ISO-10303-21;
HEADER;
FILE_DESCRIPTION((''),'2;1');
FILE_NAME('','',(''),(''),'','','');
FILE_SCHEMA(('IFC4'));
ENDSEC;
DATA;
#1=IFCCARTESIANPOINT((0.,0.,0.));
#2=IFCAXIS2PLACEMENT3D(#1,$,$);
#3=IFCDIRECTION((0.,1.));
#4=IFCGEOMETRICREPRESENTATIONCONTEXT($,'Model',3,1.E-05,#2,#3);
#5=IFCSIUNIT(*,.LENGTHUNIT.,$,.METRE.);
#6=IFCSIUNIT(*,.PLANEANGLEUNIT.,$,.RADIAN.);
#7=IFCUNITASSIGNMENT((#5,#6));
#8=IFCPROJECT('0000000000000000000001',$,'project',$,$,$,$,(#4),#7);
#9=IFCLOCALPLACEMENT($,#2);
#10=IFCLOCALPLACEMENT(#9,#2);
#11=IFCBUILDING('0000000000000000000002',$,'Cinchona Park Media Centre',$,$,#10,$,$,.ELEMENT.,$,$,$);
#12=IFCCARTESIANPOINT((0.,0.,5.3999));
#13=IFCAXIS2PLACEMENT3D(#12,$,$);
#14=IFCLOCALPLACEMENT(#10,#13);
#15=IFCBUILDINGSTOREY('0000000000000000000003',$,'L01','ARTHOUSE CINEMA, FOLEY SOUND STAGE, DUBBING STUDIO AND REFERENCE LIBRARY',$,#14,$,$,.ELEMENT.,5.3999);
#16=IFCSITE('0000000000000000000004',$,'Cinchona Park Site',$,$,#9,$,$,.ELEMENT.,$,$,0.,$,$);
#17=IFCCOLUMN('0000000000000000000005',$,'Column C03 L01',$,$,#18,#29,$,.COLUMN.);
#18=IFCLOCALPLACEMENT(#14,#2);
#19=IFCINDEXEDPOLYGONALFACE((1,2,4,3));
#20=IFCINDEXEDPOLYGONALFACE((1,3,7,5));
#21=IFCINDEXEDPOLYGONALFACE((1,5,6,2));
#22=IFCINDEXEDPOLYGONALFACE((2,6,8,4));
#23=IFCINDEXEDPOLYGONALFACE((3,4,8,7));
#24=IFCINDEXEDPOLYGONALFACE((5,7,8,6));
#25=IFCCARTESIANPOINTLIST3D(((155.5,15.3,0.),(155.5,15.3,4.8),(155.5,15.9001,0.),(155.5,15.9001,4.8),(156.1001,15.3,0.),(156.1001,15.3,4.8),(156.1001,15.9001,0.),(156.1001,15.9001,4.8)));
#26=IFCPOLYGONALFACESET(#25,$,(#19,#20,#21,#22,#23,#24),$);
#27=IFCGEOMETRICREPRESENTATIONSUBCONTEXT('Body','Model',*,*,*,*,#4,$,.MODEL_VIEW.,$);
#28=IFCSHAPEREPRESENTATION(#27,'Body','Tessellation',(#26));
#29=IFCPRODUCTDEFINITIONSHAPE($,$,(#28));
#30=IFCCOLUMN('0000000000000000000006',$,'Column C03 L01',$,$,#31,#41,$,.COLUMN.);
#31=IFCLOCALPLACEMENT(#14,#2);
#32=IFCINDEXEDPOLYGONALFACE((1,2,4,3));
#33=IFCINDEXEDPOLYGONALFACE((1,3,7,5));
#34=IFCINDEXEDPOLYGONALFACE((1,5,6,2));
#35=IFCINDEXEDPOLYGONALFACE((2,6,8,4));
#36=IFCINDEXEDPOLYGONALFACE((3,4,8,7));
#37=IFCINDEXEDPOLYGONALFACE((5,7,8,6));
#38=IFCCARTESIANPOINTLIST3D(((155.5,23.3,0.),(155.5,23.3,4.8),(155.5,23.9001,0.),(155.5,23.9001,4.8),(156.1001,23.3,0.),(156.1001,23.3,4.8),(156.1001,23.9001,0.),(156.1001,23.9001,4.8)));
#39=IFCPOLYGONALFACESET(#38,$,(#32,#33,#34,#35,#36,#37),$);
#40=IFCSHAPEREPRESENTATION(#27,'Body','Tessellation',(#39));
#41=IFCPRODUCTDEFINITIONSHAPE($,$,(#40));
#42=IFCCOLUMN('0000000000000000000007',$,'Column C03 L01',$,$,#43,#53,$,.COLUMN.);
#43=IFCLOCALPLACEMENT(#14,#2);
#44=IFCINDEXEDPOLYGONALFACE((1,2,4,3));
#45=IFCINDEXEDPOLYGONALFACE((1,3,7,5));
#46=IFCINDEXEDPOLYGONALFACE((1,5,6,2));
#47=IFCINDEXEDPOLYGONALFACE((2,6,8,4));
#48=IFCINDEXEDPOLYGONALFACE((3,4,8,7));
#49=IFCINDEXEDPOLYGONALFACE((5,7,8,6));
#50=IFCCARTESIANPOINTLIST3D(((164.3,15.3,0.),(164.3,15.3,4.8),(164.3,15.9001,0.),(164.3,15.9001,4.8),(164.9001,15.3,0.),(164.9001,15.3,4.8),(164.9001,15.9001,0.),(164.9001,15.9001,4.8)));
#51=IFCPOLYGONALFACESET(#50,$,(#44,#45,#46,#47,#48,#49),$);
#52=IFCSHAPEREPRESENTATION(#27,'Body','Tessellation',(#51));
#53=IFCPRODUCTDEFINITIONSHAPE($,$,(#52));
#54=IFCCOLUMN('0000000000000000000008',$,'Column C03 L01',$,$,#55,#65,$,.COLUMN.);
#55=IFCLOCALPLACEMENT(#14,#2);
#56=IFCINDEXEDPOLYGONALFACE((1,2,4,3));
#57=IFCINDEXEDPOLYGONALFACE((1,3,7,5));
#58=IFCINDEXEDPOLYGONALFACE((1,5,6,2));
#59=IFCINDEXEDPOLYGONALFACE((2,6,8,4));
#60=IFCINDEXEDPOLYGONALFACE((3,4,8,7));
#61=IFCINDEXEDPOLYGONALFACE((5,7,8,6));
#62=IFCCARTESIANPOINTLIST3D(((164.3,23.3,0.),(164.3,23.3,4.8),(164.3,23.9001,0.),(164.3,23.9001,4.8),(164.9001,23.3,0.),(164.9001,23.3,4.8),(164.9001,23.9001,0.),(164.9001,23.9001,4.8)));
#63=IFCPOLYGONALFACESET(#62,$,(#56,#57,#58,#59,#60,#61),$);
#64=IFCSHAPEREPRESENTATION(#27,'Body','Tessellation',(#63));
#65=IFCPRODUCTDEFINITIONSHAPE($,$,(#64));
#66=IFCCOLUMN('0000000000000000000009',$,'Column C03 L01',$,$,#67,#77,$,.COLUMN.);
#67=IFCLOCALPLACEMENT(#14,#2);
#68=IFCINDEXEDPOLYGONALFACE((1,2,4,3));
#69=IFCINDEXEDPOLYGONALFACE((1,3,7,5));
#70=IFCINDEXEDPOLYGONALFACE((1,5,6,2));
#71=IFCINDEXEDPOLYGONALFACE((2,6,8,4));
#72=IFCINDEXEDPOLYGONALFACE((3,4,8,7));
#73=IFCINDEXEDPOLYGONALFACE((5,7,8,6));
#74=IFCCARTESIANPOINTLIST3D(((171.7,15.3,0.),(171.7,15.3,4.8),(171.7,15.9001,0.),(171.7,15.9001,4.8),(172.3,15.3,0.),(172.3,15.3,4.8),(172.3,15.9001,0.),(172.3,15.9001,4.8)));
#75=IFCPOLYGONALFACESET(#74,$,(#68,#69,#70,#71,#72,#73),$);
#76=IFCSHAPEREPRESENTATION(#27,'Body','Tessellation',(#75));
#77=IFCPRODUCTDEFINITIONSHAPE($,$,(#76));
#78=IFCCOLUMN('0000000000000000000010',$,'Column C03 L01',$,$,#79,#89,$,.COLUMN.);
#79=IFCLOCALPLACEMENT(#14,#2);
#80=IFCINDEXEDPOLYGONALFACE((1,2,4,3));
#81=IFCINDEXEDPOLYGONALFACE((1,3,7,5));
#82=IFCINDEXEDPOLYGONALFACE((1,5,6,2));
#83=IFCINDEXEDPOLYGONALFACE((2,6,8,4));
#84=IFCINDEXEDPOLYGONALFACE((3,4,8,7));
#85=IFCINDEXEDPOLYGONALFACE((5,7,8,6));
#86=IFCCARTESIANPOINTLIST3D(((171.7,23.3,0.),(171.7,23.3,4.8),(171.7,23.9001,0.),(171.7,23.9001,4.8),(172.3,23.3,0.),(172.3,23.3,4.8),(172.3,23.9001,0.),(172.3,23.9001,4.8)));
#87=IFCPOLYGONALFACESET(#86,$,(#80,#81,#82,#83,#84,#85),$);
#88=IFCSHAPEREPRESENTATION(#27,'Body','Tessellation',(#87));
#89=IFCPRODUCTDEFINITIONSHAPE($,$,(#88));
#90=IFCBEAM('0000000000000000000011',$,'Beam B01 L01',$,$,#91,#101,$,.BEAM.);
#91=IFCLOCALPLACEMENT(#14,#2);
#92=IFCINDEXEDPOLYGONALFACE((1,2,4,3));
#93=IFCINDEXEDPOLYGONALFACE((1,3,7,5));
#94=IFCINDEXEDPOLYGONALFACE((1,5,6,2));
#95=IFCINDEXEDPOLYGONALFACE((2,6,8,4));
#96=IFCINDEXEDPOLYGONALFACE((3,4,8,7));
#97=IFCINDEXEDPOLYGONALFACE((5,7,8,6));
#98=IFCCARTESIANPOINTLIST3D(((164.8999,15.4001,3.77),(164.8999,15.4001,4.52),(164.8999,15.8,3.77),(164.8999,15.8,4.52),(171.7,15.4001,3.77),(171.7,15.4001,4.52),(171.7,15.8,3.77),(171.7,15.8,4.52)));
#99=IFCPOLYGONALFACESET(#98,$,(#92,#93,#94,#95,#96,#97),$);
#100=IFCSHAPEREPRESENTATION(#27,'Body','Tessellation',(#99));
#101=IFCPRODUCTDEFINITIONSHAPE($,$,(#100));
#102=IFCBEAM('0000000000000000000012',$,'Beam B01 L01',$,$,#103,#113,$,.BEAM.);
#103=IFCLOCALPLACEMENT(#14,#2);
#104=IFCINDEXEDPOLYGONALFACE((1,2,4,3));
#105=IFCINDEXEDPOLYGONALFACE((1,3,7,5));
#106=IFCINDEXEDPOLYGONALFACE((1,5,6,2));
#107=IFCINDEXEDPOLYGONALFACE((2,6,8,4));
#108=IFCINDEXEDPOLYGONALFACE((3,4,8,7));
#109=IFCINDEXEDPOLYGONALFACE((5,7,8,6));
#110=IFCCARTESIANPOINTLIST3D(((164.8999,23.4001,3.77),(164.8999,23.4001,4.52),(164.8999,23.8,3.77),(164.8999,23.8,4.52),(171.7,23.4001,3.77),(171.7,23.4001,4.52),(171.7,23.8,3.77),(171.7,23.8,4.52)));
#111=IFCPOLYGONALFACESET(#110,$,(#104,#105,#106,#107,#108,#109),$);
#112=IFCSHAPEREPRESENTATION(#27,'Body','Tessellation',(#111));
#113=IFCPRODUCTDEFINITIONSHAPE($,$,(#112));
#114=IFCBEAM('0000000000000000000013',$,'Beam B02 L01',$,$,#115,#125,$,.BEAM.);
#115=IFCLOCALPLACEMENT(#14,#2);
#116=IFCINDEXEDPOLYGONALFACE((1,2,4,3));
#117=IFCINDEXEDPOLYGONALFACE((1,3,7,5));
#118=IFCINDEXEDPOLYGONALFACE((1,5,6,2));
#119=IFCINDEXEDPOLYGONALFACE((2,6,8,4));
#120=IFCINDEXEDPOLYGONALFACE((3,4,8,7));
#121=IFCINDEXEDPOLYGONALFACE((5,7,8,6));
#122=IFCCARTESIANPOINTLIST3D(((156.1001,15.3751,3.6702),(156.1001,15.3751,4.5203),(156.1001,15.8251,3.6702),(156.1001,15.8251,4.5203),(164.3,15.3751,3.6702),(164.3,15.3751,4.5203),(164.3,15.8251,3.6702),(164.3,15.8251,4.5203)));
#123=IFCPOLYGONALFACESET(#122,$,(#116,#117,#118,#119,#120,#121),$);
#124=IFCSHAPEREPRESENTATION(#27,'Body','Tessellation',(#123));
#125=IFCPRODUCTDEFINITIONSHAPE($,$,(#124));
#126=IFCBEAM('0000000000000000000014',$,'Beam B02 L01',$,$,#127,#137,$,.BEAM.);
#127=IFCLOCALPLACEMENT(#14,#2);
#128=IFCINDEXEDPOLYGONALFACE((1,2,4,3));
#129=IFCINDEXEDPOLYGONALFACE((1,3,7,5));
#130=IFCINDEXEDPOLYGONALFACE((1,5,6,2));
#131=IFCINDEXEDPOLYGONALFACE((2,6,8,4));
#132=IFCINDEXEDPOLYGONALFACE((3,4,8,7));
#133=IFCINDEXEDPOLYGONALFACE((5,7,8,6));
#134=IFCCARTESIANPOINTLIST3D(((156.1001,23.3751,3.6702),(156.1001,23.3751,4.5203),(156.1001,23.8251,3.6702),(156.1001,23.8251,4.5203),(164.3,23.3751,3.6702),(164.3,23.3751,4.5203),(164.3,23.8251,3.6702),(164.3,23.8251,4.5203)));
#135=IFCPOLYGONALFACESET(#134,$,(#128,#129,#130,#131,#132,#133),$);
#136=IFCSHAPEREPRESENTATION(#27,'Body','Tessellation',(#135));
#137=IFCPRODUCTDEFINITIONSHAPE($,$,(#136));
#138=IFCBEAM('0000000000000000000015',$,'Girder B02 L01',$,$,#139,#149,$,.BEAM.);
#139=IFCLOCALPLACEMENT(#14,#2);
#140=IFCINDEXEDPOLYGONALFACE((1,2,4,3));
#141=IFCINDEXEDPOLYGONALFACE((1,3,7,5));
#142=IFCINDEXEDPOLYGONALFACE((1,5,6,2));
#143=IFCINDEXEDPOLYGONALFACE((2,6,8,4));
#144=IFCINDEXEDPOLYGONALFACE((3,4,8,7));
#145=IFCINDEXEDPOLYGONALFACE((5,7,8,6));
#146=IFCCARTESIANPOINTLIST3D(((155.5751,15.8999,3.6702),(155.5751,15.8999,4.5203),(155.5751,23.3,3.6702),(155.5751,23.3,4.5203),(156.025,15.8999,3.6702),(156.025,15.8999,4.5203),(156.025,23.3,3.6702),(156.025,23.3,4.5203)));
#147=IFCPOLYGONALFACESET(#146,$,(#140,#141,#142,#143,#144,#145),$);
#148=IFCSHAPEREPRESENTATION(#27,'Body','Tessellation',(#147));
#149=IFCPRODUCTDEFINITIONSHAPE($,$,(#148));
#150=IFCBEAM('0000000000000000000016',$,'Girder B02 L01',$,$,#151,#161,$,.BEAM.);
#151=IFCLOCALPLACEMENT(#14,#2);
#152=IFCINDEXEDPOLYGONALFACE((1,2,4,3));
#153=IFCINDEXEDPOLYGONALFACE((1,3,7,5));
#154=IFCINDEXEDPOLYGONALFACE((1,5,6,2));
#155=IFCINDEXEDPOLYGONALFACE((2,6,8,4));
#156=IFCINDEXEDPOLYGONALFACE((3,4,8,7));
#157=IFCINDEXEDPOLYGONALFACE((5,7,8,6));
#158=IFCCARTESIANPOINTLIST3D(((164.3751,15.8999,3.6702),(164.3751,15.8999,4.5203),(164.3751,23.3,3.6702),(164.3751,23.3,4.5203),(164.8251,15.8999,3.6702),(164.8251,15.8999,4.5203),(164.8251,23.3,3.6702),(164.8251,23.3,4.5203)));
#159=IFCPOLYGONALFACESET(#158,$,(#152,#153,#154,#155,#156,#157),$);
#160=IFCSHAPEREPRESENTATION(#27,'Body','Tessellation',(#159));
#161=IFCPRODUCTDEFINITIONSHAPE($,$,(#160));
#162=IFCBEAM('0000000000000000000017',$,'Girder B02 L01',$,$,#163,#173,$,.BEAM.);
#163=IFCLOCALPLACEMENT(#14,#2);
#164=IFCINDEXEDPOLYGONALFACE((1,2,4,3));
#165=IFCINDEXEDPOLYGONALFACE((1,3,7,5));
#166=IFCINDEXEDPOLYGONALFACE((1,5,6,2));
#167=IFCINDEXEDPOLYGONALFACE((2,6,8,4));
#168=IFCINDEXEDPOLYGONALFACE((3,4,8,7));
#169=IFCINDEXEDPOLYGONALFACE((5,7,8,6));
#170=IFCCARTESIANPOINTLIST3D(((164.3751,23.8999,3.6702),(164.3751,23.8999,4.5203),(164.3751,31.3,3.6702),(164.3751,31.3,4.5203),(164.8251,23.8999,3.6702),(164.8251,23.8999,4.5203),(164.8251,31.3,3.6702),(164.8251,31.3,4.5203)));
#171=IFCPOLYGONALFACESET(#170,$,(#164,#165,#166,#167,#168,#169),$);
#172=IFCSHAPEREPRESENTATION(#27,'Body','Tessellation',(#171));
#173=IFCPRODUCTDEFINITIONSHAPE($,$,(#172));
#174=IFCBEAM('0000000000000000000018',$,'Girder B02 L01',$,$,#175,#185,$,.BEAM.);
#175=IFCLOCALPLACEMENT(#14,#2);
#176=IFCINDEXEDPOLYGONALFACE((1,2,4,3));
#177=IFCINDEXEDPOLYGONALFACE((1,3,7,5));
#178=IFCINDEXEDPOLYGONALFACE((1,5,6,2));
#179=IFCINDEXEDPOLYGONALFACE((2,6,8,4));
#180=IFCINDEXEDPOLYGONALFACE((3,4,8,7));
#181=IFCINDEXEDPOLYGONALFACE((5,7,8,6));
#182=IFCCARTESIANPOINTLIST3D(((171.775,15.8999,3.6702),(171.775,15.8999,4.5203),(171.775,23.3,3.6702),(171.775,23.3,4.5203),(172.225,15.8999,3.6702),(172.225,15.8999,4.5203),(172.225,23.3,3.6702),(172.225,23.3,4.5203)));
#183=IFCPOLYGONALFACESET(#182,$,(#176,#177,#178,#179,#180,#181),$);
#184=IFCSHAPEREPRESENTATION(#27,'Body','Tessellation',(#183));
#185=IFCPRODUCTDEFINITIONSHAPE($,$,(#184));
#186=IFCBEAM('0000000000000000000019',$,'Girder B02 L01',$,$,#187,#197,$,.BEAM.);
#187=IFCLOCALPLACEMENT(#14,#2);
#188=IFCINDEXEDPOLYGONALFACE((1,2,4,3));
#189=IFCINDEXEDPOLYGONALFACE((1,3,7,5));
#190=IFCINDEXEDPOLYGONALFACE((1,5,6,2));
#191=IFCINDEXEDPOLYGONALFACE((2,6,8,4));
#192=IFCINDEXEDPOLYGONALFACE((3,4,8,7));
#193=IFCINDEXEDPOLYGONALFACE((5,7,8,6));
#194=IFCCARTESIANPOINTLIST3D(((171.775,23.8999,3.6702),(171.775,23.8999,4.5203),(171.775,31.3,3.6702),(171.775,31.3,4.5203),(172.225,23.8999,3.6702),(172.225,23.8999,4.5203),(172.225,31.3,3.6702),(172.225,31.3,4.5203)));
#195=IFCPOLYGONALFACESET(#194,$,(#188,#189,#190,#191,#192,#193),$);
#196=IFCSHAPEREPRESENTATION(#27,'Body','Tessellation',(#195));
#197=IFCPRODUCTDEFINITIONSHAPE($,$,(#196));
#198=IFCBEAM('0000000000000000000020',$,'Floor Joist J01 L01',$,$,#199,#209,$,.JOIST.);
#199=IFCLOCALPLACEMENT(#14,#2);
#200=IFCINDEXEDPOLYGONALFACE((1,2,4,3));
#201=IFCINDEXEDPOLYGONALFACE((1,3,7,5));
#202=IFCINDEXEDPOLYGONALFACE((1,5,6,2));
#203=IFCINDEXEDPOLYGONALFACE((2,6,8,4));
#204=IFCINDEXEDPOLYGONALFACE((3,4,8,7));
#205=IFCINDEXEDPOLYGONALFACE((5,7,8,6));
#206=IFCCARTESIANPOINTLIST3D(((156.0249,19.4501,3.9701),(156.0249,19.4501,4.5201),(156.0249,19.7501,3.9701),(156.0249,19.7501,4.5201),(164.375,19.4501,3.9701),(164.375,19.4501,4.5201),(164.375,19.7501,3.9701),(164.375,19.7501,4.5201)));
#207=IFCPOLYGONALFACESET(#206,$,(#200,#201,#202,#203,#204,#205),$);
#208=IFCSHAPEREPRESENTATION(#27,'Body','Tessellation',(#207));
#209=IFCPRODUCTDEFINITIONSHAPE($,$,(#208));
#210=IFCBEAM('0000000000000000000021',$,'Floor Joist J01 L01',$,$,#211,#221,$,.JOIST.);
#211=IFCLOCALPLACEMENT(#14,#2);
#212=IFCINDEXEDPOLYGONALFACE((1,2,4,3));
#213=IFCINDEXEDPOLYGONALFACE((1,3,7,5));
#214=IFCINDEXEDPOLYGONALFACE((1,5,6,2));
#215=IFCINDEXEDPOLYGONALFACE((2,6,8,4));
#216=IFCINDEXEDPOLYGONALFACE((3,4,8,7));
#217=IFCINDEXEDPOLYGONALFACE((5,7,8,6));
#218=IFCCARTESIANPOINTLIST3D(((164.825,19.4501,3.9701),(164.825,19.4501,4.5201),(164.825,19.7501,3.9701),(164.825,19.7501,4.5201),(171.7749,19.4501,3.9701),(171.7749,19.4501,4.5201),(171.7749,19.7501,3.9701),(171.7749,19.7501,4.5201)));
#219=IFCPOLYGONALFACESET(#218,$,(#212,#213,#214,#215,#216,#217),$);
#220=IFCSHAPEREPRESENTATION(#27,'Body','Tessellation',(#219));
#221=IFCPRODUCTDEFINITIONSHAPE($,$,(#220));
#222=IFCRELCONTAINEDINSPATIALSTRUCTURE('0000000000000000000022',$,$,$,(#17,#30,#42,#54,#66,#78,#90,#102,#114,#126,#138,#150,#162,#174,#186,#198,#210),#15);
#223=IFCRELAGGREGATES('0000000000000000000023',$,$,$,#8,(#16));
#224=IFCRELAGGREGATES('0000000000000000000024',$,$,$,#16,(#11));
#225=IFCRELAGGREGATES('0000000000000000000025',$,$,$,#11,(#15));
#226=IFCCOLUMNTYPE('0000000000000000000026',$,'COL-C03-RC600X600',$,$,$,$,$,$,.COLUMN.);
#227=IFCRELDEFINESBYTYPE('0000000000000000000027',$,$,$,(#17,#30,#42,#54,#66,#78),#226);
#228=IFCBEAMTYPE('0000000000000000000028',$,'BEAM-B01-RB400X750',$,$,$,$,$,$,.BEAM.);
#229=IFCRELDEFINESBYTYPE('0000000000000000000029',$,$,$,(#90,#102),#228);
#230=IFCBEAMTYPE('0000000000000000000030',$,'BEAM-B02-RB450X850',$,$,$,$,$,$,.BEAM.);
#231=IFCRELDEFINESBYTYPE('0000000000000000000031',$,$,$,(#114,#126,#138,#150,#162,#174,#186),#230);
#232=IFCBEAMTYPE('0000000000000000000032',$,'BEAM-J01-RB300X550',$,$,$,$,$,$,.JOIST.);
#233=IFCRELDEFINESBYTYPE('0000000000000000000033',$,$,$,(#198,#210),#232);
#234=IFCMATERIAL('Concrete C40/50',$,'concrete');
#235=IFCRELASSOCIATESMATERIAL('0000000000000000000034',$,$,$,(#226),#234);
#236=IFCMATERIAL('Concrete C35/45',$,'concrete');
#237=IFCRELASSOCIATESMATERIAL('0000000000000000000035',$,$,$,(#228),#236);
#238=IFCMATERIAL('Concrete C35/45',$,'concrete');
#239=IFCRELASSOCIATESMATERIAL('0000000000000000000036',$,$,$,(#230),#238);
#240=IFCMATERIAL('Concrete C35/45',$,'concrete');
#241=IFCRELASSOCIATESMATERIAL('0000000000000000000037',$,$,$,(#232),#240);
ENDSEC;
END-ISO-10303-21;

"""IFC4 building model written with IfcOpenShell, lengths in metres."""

from ifc_helpers import new_model, si_unit, direction, frame, origin, origin_2d, place, context, subcontext, project, spatial, rectangle, extrude, material, material_profile, profile_set, type_object, element, save


model = new_model("IFC4")

# Units and contexts
model_context = context("Model", 3, precision=1e-05, world=origin(), true_north=direction((0.0, 1.0)))
body_context = subcontext(model_context, "Body", "Model", "MODEL_VIEW")
ifc_project = project(units=[si_unit("LENGTHUNIT", "METRE"), si_unit("PLANEANGLEUNIT", "RADIAN")], contexts=[model_context])

# Site, building, storey
site_placement = place(None, origin())
site = spatial("IfcSite", under=ifc_project, at=site_placement, Name="Cinchona Park Site", CompositionType="ELEMENT", RefElevation=0.0)
building_placement = place(site_placement, origin())
building = spatial("IfcBuilding", under=site, at=building_placement, Name="Cinchona Park Media Centre", CompositionType="ELEMENT")
storey_placement = place(building_placement, frame((0.0, 0.0, 5.3999)))
storey = spatial("IfcBuildingStorey", under=building, at=storey_placement, Name="L01", Description="ARTHOUSE CINEMA, FOLEY SOUND STAGE, DUBBING STUDIO AND REFERENCE LIBRARY", CompositionType="ELEMENT", Elevation=5.3999)

# Columns
ifc_material_1 = material(Name="Concrete C40/50", Category="concrete")
ifc_material_profile_1 = material_profile(ifc_material_1, rectangle(XDim=0.6001, YDim=0.6001, at=origin_2d()), Name="RC 600X600")
ifc_profile_set_1 = profile_set([ifc_material_profile_1], Name="Concrete C40/50")
column_type = type_object("IfcColumnType", Name="COL-C03-RC600X600", PredefinedType="COLUMN", material=ifc_profile_set_1)
for number, where, z_axis, x_axis, name in (
    (1, (155.8, 15.6001, 0.0), (0.0, 0.0, 1.0), (1.0, 0.0, 0.0), "Column C03 L01"),
    (2, (155.8, 23.6001, 0.0), (0.0, 0.0, 1.0), (1.0, 0.0, 0.0), "Column C03 L01"),
    (3, (164.6001, 15.6001, 0.0), (0.0, 0.0, 1.0), (1.0, 0.0, 0.0), "Column C03 L01"),
    (4, (164.6001, 23.6001, 0.0), (0.0, 0.0, 1.0), (1.0, 0.0, 0.0), "Column C03 L01"),
    (5, (172.0, 15.6001, 0.0), (0.0, 0.0, 1.0), (1.0, 0.0, 0.0), "Column C03 L01"),
    (6, (172.0, 23.6001, 0.0), (0.0, 0.0, 1.0), (1.0, 0.0, 0.0), "Column C03 L01"),
):
    element("IfcColumn", number, at=place(storey_placement, frame(where, z_axis=z_axis, x_axis=x_axis)), inside=storey, type_object=column_type, Name=name, PredefinedType="COLUMN", context=body_context, shape_type="SweptSolid", body=[
        extrude(rectangle(XDim=0.6001, YDim=0.6001, at=origin_2d()), origin(), (0.0, 0.0, 1.0), 4.8),
    ])

# Beams
ifc_material_2 = material(Name="Concrete C35/45", Category="concrete")
ifc_material_profile_2 = material_profile(ifc_material_2, rectangle(XDim=0.3999, YDim=0.75, at=origin_2d()), Name="RB 400X750")
ifc_profile_set_2 = profile_set([ifc_material_profile_2], Name="Concrete C35/45")
beam_type_1 = type_object("IfcBeamType", Name="BEAM-B01-RB400X750", PredefinedType="BEAM", material=ifc_profile_set_2)
for number, where, z_axis, x_axis, name in (
    (7, (164.8999, 15.6001, 4.145), (1.0, 0.0, 0.0), (0.0, 1.0, 0.0), "Beam B01 L01"),
    (8, (164.8999, 23.6001, 4.145), (1.0, 0.0, 0.0), (0.0, 1.0, 0.0), "Beam B01 L01"),
):
    element("IfcBeam", number, at=place(storey_placement, frame(where, z_axis=z_axis, x_axis=x_axis)), inside=storey, type_object=beam_type_1, Name=name, PredefinedType="BEAM", context=body_context, shape_type="SweptSolid", body=[
        extrude(rectangle(XDim=0.3999, YDim=0.75, at=origin_2d()), origin(), (0.0, 0.0, 1.0), 6.8),
    ])
ifc_material_3 = material(Name="Concrete C35/45", Category="concrete")
ifc_material_profile_3 = material_profile(ifc_material_3, rectangle(XDim=0.45, YDim=0.8501, at=origin_2d()), Name="RB 450X850")
ifc_profile_set_3 = profile_set([ifc_material_profile_3], Name="Concrete C35/45")
beam_type_2 = type_object("IfcBeamType", Name="BEAM-B02-RB450X850", PredefinedType="BEAM", material=ifc_profile_set_3)
for number, where, z_axis, x_axis, name in (
    (9, (156.1001, 15.6001, 4.0952), (1.0, 0.0, 0.0), (0.0, 1.0, 0.0), "Beam B02 L01"),
    (10, (156.1001, 23.6001, 4.0952), (1.0, 0.0, 0.0), (0.0, 1.0, 0.0), "Beam B02 L01"),
):
    element("IfcBeam", number, at=place(storey_placement, frame(where, z_axis=z_axis, x_axis=x_axis)), inside=storey, type_object=beam_type_2, Name=name, PredefinedType="BEAM", context=body_context, shape_type="SweptSolid", body=[
        extrude(rectangle(XDim=0.45, YDim=0.8501, at=origin_2d()), origin(), (0.0, 0.0, 1.0), 8.2),
    ])
for number, where, z_axis, x_axis, name in (
    (11, (155.8, 15.8999, 4.0952), (0.0, 1.0, 0.0), (-1.0, 0.0, 0.0), "Girder B02 L01"),
    (12, (164.6001, 15.8999, 4.0952), (0.0, 1.0, 0.0), (-1.0, 0.0, 0.0), "Girder B02 L01"),
    (13, (164.6001, 23.8999, 4.0952), (0.0, 1.0, 0.0), (-1.0, 0.0, 0.0), "Girder B02 L01"),
    (14, (172.0, 15.8999, 4.0952), (0.0, 1.0, 0.0), (-1.0, 0.0, 0.0), "Girder B02 L01"),
    (15, (172.0, 23.8999, 4.0952), (0.0, 1.0, 0.0), (-1.0, 0.0, 0.0), "Girder B02 L01"),
):
    element("IfcBeam", number, at=place(storey_placement, frame(where, z_axis=z_axis, x_axis=x_axis)), inside=storey, type_object=beam_type_2, Name=name, PredefinedType="BEAM", context=body_context, shape_type="SweptSolid", body=[
        extrude(rectangle(XDim=0.45, YDim=0.8501, at=origin_2d()), origin(), (0.0, 0.0, 1.0), 7.4001),
    ])
ifc_material_4 = material(Name="Concrete C35/45", Category="concrete")
ifc_material_profile_4 = material_profile(ifc_material_4, rectangle(XDim=0.3, YDim=0.55, at=origin_2d()), Name="RB 300X550")
ifc_profile_set_4 = profile_set([ifc_material_profile_4], Name="Concrete C35/45")
beam_type_3 = type_object("IfcBeamType", Name="BEAM-J01-RB300X550", PredefinedType="JOIST", material=ifc_profile_set_4)
beam_1_placement = place(storey_placement, frame((156.0249, 19.6001, 4.2451), z_axis=(1.0, 0.0, 0.0), x_axis=(0.0, 1.0, 0.0)))
element("IfcBeam", 16, at=beam_1_placement, inside=storey, type_object=beam_type_3, Name="Floor Joist J01 L01", PredefinedType="JOIST", context=body_context, shape_type="SweptSolid", body=[
    extrude(rectangle(XDim=0.3, YDim=0.55, at=origin_2d()), origin(), (0.0, 0.0, 1.0), 8.3501),
])
beam_2_placement = place(storey_placement, frame((164.825, 19.6001, 4.2451), z_axis=(1.0, 0.0, 0.0), x_axis=(0.0, 1.0, 0.0)))
element("IfcBeam", 17, at=beam_2_placement, inside=storey, type_object=beam_type_3, Name="Floor Joist J01 L01", PredefinedType="JOIST", context=body_context, shape_type="SweptSolid", body=[
    extrude(rectangle(XDim=0.3, YDim=0.55, at=origin_2d()), origin(), (0.0, 0.0, 1.0), 6.95),
])

save(model, "model.ifc")
